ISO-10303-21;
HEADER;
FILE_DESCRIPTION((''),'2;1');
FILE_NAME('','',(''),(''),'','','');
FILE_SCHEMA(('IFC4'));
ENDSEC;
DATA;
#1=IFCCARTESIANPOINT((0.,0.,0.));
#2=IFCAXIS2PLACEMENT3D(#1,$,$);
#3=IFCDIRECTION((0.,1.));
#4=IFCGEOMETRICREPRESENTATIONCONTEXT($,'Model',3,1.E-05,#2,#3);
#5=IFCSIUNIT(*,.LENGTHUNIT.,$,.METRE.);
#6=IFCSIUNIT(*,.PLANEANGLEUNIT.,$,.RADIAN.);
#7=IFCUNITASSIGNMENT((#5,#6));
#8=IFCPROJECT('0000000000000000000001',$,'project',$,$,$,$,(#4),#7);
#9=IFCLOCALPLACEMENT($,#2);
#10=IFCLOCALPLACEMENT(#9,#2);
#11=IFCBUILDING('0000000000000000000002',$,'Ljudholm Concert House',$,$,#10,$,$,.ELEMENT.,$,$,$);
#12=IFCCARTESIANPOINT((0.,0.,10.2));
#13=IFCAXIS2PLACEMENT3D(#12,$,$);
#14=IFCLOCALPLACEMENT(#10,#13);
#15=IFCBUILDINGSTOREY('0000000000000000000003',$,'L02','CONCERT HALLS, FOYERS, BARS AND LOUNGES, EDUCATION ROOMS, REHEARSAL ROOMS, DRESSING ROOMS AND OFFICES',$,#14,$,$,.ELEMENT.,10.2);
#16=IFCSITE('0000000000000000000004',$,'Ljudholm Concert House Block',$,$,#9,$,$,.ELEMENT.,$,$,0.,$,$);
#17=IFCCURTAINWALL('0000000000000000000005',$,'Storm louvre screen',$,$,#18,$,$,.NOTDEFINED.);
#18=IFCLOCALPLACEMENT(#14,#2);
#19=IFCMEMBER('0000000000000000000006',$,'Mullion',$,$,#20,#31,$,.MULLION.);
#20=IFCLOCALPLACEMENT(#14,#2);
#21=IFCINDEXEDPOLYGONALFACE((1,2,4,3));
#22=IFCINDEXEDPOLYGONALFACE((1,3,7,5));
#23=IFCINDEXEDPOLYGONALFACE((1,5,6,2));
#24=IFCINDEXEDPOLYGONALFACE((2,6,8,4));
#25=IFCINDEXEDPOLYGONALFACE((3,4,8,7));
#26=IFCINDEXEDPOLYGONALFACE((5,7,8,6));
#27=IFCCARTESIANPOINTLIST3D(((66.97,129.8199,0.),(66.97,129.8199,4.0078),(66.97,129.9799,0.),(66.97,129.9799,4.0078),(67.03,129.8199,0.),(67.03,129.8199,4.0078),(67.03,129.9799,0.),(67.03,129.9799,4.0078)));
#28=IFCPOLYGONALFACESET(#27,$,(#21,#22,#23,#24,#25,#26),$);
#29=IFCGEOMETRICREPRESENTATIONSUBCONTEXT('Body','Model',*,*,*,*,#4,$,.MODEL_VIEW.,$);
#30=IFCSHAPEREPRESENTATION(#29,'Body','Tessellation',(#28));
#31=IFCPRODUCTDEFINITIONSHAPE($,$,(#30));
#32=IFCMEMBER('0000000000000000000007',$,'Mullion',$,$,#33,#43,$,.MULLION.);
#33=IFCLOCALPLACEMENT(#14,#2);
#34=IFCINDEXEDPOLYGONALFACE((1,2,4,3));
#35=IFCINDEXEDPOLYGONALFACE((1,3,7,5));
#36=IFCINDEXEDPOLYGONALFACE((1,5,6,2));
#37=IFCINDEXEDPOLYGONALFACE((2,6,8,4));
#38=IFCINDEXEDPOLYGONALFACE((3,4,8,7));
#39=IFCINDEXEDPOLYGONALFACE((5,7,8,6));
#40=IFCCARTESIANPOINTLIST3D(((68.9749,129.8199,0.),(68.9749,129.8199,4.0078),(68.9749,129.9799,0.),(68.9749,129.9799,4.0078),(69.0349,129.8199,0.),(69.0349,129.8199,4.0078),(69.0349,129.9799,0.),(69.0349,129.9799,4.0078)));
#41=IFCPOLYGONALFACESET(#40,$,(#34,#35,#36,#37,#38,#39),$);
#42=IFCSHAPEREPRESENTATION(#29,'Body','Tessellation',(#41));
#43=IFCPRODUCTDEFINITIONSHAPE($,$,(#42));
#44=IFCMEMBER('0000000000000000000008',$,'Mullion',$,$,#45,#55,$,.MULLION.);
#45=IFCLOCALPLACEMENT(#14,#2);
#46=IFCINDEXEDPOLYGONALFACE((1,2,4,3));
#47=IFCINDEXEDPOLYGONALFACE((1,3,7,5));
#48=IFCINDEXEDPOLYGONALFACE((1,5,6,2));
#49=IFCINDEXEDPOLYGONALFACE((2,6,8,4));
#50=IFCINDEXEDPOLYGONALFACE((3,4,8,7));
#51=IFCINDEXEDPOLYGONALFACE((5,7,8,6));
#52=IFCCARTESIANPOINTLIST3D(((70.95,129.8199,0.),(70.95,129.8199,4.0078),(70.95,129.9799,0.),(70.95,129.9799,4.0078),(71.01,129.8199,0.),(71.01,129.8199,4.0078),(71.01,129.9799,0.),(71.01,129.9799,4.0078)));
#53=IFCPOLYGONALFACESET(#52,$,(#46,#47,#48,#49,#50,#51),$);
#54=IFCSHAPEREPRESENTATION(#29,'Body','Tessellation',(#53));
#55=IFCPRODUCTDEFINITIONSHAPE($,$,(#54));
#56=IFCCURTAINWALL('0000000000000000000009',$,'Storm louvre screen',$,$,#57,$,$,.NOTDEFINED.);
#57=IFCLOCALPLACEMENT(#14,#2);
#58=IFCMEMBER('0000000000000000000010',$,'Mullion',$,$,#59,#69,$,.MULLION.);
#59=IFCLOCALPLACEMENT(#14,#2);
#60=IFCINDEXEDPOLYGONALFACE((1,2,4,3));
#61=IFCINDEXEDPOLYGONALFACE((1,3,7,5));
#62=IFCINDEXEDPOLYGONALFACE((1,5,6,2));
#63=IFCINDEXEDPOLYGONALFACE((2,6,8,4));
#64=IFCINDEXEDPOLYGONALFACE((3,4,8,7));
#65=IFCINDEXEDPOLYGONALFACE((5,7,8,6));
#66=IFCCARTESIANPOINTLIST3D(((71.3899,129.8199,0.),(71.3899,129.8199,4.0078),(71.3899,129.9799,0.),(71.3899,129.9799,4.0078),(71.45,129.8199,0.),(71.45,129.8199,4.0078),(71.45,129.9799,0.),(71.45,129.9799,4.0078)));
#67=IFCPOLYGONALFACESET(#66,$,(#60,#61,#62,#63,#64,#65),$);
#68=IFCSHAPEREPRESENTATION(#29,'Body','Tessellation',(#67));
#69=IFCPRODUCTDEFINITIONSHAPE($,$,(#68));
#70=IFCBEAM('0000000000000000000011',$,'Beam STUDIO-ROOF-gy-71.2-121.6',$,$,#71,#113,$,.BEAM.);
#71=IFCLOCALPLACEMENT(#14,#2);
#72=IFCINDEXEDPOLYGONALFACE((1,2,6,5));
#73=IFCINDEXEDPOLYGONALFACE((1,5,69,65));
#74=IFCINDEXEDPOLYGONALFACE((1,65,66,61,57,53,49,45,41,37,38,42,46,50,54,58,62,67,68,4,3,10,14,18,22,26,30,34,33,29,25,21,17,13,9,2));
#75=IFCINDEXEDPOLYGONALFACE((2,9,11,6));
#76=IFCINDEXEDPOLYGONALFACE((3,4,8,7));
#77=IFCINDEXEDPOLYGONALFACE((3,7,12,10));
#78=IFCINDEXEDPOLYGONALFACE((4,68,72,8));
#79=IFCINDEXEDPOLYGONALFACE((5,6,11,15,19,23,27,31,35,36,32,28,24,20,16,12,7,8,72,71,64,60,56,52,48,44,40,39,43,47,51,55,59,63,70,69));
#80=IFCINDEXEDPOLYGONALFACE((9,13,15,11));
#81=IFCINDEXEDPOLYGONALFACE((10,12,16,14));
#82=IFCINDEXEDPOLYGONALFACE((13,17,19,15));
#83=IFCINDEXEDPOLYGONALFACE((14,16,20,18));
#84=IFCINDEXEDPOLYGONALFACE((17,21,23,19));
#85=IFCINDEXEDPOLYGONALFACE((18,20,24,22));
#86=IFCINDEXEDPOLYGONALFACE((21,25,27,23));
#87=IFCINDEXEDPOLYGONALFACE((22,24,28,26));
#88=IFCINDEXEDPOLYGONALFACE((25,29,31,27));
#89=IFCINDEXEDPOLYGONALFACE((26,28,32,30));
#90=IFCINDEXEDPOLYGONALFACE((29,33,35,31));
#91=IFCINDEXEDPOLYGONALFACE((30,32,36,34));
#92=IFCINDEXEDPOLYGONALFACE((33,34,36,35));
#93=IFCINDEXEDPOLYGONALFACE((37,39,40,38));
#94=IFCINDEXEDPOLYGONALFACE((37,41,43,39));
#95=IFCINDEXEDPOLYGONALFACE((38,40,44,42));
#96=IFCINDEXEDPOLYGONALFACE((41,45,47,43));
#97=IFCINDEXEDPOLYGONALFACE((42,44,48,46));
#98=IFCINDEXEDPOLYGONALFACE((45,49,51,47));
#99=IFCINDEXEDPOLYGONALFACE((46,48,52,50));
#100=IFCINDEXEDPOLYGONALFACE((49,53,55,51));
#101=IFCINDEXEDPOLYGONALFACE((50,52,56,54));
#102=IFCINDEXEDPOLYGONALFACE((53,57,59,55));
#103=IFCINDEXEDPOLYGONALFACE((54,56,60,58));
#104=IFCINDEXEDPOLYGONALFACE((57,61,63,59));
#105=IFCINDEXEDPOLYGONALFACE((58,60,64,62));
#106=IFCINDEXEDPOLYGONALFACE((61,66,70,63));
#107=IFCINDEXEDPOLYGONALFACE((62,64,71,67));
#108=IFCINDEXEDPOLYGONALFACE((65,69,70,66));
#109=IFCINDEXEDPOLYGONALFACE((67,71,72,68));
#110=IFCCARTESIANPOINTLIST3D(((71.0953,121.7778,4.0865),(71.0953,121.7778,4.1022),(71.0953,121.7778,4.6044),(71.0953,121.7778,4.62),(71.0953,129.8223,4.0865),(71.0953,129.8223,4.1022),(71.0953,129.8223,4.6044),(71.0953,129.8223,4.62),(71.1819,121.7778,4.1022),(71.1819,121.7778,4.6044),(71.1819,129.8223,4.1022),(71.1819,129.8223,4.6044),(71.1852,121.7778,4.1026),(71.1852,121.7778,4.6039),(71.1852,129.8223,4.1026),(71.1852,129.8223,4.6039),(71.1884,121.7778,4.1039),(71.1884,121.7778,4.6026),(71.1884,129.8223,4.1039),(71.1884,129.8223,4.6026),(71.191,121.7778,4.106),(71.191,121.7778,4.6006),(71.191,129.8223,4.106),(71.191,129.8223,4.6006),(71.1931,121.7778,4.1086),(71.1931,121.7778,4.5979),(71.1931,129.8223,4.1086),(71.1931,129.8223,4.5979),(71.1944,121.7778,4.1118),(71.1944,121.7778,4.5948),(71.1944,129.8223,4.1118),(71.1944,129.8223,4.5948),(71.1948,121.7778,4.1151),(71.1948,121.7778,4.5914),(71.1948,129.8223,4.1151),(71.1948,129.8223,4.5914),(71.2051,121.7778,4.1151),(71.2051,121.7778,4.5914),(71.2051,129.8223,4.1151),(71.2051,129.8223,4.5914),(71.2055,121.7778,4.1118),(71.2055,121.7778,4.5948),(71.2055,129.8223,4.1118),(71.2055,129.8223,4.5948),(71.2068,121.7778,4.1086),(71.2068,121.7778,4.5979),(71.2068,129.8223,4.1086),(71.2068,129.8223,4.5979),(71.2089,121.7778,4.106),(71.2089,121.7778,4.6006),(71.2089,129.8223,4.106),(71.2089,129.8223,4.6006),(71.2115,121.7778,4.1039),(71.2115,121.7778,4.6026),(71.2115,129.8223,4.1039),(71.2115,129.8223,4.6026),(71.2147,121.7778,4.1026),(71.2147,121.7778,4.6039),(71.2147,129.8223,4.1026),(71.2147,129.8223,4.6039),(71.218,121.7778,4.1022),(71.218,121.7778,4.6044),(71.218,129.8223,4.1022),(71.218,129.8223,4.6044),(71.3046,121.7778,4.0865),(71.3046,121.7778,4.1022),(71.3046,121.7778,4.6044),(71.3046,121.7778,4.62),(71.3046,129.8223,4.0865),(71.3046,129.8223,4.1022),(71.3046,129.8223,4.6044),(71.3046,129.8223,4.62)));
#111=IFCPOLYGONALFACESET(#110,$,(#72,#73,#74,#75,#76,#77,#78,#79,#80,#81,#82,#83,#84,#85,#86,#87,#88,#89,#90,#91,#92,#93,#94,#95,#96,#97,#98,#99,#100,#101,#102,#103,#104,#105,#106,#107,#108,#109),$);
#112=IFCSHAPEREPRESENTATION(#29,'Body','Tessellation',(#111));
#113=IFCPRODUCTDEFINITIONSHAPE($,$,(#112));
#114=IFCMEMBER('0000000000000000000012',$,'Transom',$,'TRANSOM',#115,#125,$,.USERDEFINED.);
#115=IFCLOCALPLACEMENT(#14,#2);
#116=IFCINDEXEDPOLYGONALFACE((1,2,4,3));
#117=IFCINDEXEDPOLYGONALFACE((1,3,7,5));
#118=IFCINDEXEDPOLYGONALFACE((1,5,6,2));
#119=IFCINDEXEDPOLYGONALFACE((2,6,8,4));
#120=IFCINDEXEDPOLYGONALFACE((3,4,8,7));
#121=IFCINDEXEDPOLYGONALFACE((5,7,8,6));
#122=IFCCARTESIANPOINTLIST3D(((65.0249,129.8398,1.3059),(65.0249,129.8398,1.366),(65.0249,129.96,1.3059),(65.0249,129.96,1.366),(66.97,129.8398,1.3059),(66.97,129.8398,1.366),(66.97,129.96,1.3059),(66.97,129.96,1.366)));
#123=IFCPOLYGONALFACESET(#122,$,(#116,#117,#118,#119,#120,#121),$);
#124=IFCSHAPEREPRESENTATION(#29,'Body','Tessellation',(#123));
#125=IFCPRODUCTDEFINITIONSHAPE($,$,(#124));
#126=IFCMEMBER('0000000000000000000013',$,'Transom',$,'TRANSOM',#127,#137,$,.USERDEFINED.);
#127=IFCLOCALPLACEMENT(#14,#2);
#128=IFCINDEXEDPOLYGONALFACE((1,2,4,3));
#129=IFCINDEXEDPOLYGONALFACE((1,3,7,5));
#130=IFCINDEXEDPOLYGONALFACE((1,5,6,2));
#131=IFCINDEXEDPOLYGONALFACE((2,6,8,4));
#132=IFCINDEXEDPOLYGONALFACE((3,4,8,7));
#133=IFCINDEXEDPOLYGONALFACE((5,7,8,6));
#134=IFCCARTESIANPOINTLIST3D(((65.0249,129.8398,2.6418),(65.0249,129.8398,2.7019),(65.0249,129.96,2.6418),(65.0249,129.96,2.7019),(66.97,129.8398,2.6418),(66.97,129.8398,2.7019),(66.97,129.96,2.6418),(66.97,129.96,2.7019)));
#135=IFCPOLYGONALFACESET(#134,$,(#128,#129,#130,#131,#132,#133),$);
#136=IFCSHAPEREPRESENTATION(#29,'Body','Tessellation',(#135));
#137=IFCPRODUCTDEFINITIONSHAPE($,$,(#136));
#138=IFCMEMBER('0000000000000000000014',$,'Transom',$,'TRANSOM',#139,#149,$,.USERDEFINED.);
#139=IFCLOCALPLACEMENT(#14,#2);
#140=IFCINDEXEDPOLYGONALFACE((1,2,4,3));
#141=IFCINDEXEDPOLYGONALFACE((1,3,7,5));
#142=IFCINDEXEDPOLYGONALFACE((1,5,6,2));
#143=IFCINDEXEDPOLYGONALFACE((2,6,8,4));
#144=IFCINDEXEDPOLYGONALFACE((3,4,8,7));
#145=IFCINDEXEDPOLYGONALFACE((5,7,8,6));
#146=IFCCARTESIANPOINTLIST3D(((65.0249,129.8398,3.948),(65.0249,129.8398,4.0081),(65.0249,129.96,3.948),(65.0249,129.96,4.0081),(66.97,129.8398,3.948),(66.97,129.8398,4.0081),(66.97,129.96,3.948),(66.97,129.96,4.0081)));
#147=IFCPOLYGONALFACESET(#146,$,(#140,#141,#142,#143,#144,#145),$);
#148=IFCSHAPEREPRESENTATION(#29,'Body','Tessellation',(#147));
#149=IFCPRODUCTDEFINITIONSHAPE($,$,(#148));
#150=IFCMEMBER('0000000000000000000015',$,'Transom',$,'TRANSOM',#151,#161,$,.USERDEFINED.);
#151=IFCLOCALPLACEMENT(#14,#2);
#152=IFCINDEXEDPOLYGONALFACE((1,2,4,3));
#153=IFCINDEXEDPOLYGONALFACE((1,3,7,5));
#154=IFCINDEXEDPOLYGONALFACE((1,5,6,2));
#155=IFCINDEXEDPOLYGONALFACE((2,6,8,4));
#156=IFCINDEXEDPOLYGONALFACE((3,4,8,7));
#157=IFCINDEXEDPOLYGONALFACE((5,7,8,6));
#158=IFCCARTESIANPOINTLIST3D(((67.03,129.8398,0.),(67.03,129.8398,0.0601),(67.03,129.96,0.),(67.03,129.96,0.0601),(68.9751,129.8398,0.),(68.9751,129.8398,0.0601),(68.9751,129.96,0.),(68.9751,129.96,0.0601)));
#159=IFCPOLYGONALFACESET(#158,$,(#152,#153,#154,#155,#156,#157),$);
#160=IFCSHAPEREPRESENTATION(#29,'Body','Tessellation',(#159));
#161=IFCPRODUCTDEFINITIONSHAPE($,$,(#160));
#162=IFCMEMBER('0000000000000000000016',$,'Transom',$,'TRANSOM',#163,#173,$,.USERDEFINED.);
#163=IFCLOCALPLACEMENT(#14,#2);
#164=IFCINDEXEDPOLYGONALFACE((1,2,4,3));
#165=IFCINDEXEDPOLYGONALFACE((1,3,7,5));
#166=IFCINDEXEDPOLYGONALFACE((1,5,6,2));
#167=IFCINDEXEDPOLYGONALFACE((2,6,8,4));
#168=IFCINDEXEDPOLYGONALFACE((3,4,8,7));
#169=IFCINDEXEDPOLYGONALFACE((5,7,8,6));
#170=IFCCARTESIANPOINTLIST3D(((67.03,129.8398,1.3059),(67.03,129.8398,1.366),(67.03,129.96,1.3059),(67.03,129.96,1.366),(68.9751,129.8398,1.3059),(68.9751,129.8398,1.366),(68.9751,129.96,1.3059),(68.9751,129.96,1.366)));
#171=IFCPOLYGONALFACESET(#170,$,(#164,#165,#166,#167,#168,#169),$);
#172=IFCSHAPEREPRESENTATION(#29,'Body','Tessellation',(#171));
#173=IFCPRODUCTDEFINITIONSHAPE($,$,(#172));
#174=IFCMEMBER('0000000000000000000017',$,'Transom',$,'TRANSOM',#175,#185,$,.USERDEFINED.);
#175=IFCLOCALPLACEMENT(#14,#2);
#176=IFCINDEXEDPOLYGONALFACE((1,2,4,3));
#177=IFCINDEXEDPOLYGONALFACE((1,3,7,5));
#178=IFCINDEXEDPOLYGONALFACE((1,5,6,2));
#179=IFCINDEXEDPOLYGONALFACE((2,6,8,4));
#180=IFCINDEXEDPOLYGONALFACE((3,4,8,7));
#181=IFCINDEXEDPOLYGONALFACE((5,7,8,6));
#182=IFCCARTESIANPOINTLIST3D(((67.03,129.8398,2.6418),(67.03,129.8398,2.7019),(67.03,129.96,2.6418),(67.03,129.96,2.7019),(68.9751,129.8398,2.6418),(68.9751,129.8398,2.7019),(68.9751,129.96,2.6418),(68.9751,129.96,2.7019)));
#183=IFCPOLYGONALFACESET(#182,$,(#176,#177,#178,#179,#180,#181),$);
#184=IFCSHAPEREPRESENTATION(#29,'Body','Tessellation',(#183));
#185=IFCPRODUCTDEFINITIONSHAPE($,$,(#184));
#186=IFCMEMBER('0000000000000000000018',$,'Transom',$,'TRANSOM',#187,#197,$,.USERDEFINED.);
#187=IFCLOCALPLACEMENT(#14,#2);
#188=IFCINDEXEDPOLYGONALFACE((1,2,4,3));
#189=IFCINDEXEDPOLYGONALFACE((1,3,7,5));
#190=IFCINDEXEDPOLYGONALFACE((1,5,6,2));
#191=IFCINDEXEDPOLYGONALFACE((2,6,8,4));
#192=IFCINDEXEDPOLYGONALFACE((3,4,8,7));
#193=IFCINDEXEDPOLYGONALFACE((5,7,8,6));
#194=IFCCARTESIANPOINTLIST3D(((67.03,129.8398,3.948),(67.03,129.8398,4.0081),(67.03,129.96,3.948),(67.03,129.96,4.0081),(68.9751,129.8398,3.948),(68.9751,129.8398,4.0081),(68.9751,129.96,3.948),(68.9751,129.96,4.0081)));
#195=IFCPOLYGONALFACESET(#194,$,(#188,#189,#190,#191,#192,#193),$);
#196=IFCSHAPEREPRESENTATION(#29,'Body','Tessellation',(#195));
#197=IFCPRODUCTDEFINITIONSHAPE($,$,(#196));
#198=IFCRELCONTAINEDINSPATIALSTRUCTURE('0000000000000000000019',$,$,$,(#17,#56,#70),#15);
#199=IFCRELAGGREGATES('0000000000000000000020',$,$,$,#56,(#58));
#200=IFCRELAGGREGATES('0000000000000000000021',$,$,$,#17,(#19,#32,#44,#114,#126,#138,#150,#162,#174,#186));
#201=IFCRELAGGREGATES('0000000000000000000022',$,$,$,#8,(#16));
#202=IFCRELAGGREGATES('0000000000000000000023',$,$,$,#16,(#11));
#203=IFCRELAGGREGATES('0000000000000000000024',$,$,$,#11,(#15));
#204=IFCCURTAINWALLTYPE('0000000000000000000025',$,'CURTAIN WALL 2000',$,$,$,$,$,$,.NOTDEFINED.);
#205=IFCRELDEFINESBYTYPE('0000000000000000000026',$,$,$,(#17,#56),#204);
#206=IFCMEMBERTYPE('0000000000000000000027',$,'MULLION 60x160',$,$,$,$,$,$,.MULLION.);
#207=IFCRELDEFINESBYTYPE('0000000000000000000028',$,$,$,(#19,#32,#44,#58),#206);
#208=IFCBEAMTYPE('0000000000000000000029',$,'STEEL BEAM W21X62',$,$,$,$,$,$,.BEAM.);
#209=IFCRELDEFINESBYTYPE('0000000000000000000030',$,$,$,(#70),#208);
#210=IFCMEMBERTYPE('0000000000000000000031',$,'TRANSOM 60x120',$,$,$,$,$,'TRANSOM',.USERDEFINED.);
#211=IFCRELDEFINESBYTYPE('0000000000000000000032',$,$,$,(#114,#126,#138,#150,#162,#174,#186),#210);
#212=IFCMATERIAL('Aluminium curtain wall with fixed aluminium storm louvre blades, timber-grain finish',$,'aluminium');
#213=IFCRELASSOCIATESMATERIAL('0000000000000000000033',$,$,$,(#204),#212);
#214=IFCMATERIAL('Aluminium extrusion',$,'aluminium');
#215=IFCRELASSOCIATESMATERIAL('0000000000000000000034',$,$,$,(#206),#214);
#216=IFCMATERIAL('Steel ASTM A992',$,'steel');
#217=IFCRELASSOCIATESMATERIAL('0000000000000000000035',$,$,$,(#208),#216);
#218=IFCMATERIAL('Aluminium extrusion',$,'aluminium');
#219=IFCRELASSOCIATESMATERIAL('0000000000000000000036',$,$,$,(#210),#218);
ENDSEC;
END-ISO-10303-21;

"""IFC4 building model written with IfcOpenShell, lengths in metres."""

from ifc_helpers import new_model, si_unit, direction, frame, origin, origin_2d, place, context, subcontext, project, spatial, rectangle, i_section, extrude, material, material_profile, profile_set, type_object, element, aggregate, save


model = new_model("IFC4")

# Units and contexts
model_context = context("Model", 3, precision=1e-05, world=origin(), true_north=direction((0.0, 1.0)))
body_context = subcontext(model_context, "Body", "Model", "MODEL_VIEW")
ifc_project = project(units=[si_unit("LENGTHUNIT", "METRE"), si_unit("PLANEANGLEUNIT", "RADIAN")], contexts=[model_context])

# Site, building, storey
site_placement = place(None, origin())
site = spatial("IfcSite", under=ifc_project, at=site_placement, Name="Ljudholm Concert House Block", CompositionType="ELEMENT", RefElevation=0.0)
building_placement = place(site_placement, origin())
building = spatial("IfcBuilding", under=site, at=building_placement, Name="Ljudholm Concert House", CompositionType="ELEMENT")
storey_placement = place(building_placement, frame((0.0, 0.0, 10.2)))
storey = spatial("IfcBuildingStorey", under=building, at=storey_placement, Name="L02", Description="CONCERT HALLS, FOYERS, BARS AND LOUNGES, EDUCATION ROOMS, REHEARSAL ROOMS, DRESSING ROOMS AND OFFICES", CompositionType="ELEMENT", Elevation=10.2)

# Curtain wall, members
ifc_material_1 = material(Name="Aluminium curtain wall with fixed aluminium storm louvre blades, timber-grain finish", Category="aluminium")
curtain_wall_type = type_object("IfcCurtainWallType", Name="CURTAIN WALL 2000", PredefinedType="NOTDEFINED", material=ifc_material_1)
curtain_wall_1_placement = place(storey_placement, origin())
curtain_wall_1 = element("IfcCurtainWall", 1, at=curtain_wall_1_placement, inside=storey, type_object=curtain_wall_type, Name="Storm louvre screen", PredefinedType="NOTDEFINED")
ifc_material_2 = material(Name="Aluminium extrusion", Category="aluminium")
ifc_material_profile_1 = material_profile(ifc_material_2, rectangle(XDim=0.1599, YDim=0.0601, at=origin_2d()), Name="MULLION 60x160")
ifc_profile_set_1 = profile_set([ifc_material_profile_1], Name="Aluminium extrusion")
member_type_1 = type_object("IfcMemberType", Name="MULLION 60x160", PredefinedType="MULLION", material=ifc_profile_set_1)
member_1_placement = place(storey_placement, frame((67.0, 129.8999, 0.0), z_axis=(0.0, 0.0, 1.0), x_axis=(0.0, 1.0, 0.0)))
member_1 = element("IfcMember", 2, at=member_1_placement, type_object=member_type_1, Name="Mullion", PredefinedType="MULLION", context=body_context, shape_type="SweptSolid", body=[
    extrude(rectangle(XDim=0.1599, YDim=0.0601, at=origin_2d()), origin(), (0.0, 0.0, 1.0), 4.0078),
])
member_2_placement = place(storey_placement, frame((69.0049, 129.8999, 0.0), z_axis=(0.0, 0.0, 1.0), x_axis=(0.0, 1.0, 0.0)))
member_2 = element("IfcMember", 3, at=member_2_placement, type_object=member_type_1, Name="Mullion", PredefinedType="MULLION", context=body_context, shape_type="SweptSolid", body=[
    extrude(rectangle(XDim=0.1599, YDim=0.0601, at=origin_2d()), origin(), (0.0, 0.0, 1.0), 4.0078),
])
member_3_placement = place(storey_placement, frame((70.98, 129.8999, 0.0), z_axis=(0.0, 0.0, 1.0), x_axis=(0.0, 1.0, 0.0)))
member_3 = element("IfcMember", 4, at=member_3_placement, type_object=member_type_1, Name="Mullion", PredefinedType="MULLION", context=body_context, shape_type="SweptSolid", body=[
    extrude(rectangle(XDim=0.1599, YDim=0.0601, at=origin_2d()), origin(), (0.0, 0.0, 1.0), 4.0078),
])

# Curtain wall, member
curtain_wall_2_placement = place(storey_placement, origin())
curtain_wall_2 = element("IfcCurtainWall", 5, at=curtain_wall_2_placement, inside=storey, type_object=curtain_wall_type, Name="Storm louvre screen", PredefinedType="NOTDEFINED")
member_4_placement = place(storey_placement, frame((71.4199, 129.8999, 0.0), z_axis=(0.0, 0.0, 1.0), x_axis=(0.0, 1.0, 0.0)))
member_4 = element("IfcMember", 6, at=member_4_placement, type_object=member_type_1, Name="Mullion", PredefinedType="MULLION", context=body_context, shape_type="SweptSolid", body=[
    extrude(rectangle(XDim=0.1599, YDim=0.0601, at=origin_2d()), origin(), (0.0, 0.0, 1.0), 4.0078),
])

# Beam
ifc_material_3 = material(Name="Steel ASTM A992", Category="steel")
ifc_material_profile_2 = material_profile(ifc_material_3, i_section(OverallWidth=0.2092, OverallDepth=0.5334, WebThickness=0.0103, FlangeThickness=0.0156, FilletRadius=0.0129, at=origin_2d()), Name="W21X62")
ifc_profile_set_2 = profile_set([ifc_material_profile_2], Name="Steel ASTM A992")
beam_type = type_object("IfcBeamType", Name="STEEL BEAM W21X62", PredefinedType="BEAM", material=ifc_profile_set_2)
beam_placement = place(storey_placement, frame((71.2, 121.7778, 4.3533), z_axis=(0.0, 1.0, 0.0), x_axis=(-1.0, 0.0, 0.0)))
element("IfcBeam", 7, at=beam_placement, inside=storey, type_object=beam_type, Name="Beam STUDIO-ROOF-gy-71.2-121.6", PredefinedType="BEAM", context=body_context, shape_type="SweptSolid", body=[
    extrude(i_section(OverallWidth=0.2092, OverallDepth=0.5334, WebThickness=0.0103, FlangeThickness=0.0156, FilletRadius=0.0129, at=origin_2d()), origin(), (0.0, 0.0, 1.0), 8.0444),
])

# Members
ifc_material_4 = material(Name="Aluminium extrusion", Category="aluminium")
ifc_material_profile_3 = material_profile(ifc_material_4, rectangle(XDim=0.1201, YDim=0.0601, at=origin_2d()), Name="TRANSOM 60x120")
ifc_profile_set_3 = profile_set([ifc_material_profile_3], Name="Aluminium extrusion")
member_type_2 = type_object("IfcMemberType", Name="TRANSOM 60x120", ElementType="TRANSOM", PredefinedType="USERDEFINED", material=ifc_profile_set_3)
member_5_placement = place(storey_placement, frame((65.0249, 129.8999, 1.3359), z_axis=(1.0, 0.0, 0.0), x_axis=(0.0, 1.0, 0.0)))
member_5 = element("IfcMember", 8, at=member_5_placement, type_object=member_type_2, Name="Transom", ObjectType="TRANSOM", PredefinedType="USERDEFINED", context=body_context, shape_type="SweptSolid", body=[
    extrude(rectangle(XDim=0.1201, YDim=0.0601, at=origin_2d()), origin(), (0.0, 0.0, 1.0), 1.9451),
])
member_6_placement = place(storey_placement, frame((65.0249, 129.8999, 2.6719), z_axis=(1.0, 0.0, 0.0), x_axis=(0.0, 1.0, 0.0)))
member_6 = element("IfcMember", 9, at=member_6_placement, type_object=member_type_2, Name="Transom", ObjectType="TRANSOM", PredefinedType="USERDEFINED", context=body_context, shape_type="SweptSolid", body=[
    extrude(rectangle(XDim=0.1201, YDim=0.0601, at=origin_2d()), origin(), (0.0, 0.0, 1.0), 1.9451),
])
member_7_placement = place(storey_placement, frame((65.0249, 129.8999, 3.978), z_axis=(1.0, 0.0, 0.0), x_axis=(0.0, 1.0, 0.0)))
member_7 = element("IfcMember", 10, at=member_7_placement, type_object=member_type_2, Name="Transom", ObjectType="TRANSOM", PredefinedType="USERDEFINED", context=body_context, shape_type="SweptSolid", body=[
    extrude(rectangle(XDim=0.1201, YDim=0.0601, at=origin_2d()), origin(), (0.0, 0.0, 1.0), 1.9451),
])
member_8_placement = place(storey_placement, frame((67.03, 129.8999, 0.03), z_axis=(1.0, 0.0, 0.0), x_axis=(0.0, 1.0, 0.0)))
member_8 = element("IfcMember", 11, at=member_8_placement, type_object=member_type_2, Name="Transom", ObjectType="TRANSOM", PredefinedType="USERDEFINED", context=body_context, shape_type="SweptSolid", body=[
    extrude(rectangle(XDim=0.1201, YDim=0.0601, at=origin_2d()), origin(), (0.0, 0.0, 1.0), 1.9451),
])
member_9_placement = place(storey_placement, frame((67.03, 129.8999, 1.3359), z_axis=(1.0, 0.0, 0.0), x_axis=(0.0, 1.0, 0.0)))
member_9 = element("IfcMember", 12, at=member_9_placement, type_object=member_type_2, Name="Transom", ObjectType="TRANSOM", PredefinedType="USERDEFINED", context=body_context, shape_type="SweptSolid", body=[
    extrude(rectangle(XDim=0.1201, YDim=0.0601, at=origin_2d()), origin(), (0.0, 0.0, 1.0), 1.9451),
])
member_10_placement = place(storey_placement, frame((67.03, 129.8999, 2.6719), z_axis=(1.0, 0.0, 0.0), x_axis=(0.0, 1.0, 0.0)))
member_10 = element("IfcMember", 13, at=member_10_placement, type_object=member_type_2, Name="Transom", ObjectType="TRANSOM", PredefinedType="USERDEFINED", context=body_context, shape_type="SweptSolid", body=[
    extrude(rectangle(XDim=0.1201, YDim=0.0601, at=origin_2d()), origin(), (0.0, 0.0, 1.0), 1.9451),
])
member_11_placement = place(storey_placement, frame((67.03, 129.8999, 3.978), z_axis=(1.0, 0.0, 0.0), x_axis=(0.0, 1.0, 0.0)))
member_11 = element("IfcMember", 14, at=member_11_placement, type_object=member_type_2, Name="Transom", ObjectType="TRANSOM", PredefinedType="USERDEFINED", context=body_context, shape_type="SweptSolid", body=[
    extrude(rectangle(XDim=0.1201, YDim=0.0601, at=origin_2d()), origin(), (0.0, 0.0, 1.0), 1.9451),
])
aggregate(curtain_wall_2, [member_4])

aggregate(curtain_wall_1, [member_1, member_2, member_3, member_5, member_6, member_7, member_8, member_9, member_10, member_11])

save(model, "model.ifc")
